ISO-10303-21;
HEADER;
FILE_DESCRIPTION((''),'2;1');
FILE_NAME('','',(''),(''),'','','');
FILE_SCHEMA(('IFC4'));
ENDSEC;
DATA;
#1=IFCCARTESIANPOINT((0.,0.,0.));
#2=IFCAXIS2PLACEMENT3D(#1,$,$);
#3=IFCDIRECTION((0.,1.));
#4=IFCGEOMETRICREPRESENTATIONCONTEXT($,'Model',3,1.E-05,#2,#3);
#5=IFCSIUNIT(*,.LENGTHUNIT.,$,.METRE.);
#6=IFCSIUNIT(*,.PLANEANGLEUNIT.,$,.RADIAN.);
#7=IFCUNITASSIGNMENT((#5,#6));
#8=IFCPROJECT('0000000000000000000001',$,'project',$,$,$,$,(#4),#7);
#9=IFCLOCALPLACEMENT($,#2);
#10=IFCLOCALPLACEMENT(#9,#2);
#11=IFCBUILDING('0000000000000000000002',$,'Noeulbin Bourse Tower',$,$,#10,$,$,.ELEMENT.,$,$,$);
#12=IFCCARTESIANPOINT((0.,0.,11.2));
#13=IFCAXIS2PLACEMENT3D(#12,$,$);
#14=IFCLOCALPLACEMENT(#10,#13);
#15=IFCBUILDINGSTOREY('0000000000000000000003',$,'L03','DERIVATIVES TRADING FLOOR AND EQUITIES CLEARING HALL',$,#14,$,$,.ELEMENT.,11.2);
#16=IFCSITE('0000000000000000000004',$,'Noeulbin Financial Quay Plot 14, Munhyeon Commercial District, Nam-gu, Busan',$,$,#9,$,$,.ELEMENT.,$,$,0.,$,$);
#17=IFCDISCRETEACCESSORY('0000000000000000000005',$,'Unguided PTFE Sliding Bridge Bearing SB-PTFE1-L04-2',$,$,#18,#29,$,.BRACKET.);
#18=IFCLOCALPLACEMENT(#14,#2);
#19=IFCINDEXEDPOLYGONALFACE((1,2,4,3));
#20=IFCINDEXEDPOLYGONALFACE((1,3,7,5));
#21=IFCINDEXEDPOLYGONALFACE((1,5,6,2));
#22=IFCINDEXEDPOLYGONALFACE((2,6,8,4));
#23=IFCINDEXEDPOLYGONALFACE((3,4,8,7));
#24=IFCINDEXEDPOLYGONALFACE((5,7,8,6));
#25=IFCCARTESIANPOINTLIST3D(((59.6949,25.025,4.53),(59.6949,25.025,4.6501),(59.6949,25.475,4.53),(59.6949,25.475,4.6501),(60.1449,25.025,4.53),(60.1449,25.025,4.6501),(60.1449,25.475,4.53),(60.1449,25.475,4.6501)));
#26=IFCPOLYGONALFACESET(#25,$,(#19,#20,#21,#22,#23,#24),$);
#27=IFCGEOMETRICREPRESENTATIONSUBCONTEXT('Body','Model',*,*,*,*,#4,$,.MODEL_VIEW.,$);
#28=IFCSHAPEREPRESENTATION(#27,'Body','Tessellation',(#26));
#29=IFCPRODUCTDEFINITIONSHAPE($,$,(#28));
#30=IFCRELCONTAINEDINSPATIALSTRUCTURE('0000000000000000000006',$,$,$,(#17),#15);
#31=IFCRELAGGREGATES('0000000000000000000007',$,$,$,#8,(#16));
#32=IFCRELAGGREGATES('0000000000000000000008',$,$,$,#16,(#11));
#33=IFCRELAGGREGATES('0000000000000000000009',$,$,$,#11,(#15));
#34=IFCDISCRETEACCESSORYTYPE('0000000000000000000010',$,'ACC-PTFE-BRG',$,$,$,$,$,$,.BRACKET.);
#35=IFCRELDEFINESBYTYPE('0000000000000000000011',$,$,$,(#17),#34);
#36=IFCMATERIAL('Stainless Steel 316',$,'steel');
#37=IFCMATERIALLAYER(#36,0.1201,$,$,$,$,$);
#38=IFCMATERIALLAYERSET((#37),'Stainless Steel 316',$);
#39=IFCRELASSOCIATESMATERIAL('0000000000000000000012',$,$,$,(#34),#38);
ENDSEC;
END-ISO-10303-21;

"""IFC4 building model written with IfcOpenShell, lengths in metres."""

from ifc_helpers import new_model, si_unit, direction, frame, origin, origin_2d, place, context, subcontext, project, spatial, rectangle, extrude, material, layer, layer_set, type_object, element, save


model = new_model("IFC4")

# Units and contexts
model_context = context("Model", 3, precision=1e-05, world=origin(), true_north=direction((0.0, 1.0)))
body_context = subcontext(model_context, "Body", "Model", "MODEL_VIEW")
ifc_project = project(units=[si_unit("LENGTHUNIT", "METRE"), si_unit("PLANEANGLEUNIT", "RADIAN")], contexts=[model_context])

# Site, building, storey
site_placement = place(None, origin())
site = spatial("IfcSite", under=ifc_project, at=site_placement, Name="Noeulbin Financial Quay Plot 14, Munhyeon Commercial District, Nam-gu, Busan", CompositionType="ELEMENT", RefElevation=0.0)
building_placement = place(site_placement, origin())
building = spatial("IfcBuilding", under=site, at=building_placement, Name="Noeulbin Bourse Tower", CompositionType="ELEMENT")
storey_placement = place(building_placement, frame((0.0, 0.0, 11.2)))
storey = spatial("IfcBuildingStorey", under=building, at=storey_placement, Name="L03", Description="DERIVATIVES TRADING FLOOR AND EQUITIES CLEARING HALL", CompositionType="ELEMENT", Elevation=11.2)

# Discrete accessory
ifc_material_1 = material(Name="Stainless Steel 316", Category="steel")
ifc_layer_1 = layer(ifc_material_1, 0.1201)
ifc_layer_set_1 = layer_set([ifc_layer_1], Name="Stainless Steel 316")
discrete_accessory_type = type_object("IfcDiscreteAccessoryType", Name="ACC-PTFE-BRG", PredefinedType="BRACKET", material=ifc_layer_set_1)
for number, where, z_axis, x_axis, name in (
    (1, (59.9199, 25.25, 4.53), (0.0, 0.0, 1.0), (1.0, 0.0, 0.0), "Unguided PTFE Sliding Bridge Bearing SB-PTFE1-L04-2"),
):
    element("IfcDiscreteAccessory", number, at=place(storey_placement, frame(where, z_axis=z_axis, x_axis=x_axis)), inside=storey, type_object=discrete_accessory_type, Name=name, PredefinedType="BRACKET", context=body_context, shape_type="SweptSolid", body=[
        extrude(rectangle(XDim=0.45, YDim=0.45, at=origin_2d()), origin(), (0.0, 0.0, 1.0), 0.1201),
    ])

save(model, "model.ifc")
